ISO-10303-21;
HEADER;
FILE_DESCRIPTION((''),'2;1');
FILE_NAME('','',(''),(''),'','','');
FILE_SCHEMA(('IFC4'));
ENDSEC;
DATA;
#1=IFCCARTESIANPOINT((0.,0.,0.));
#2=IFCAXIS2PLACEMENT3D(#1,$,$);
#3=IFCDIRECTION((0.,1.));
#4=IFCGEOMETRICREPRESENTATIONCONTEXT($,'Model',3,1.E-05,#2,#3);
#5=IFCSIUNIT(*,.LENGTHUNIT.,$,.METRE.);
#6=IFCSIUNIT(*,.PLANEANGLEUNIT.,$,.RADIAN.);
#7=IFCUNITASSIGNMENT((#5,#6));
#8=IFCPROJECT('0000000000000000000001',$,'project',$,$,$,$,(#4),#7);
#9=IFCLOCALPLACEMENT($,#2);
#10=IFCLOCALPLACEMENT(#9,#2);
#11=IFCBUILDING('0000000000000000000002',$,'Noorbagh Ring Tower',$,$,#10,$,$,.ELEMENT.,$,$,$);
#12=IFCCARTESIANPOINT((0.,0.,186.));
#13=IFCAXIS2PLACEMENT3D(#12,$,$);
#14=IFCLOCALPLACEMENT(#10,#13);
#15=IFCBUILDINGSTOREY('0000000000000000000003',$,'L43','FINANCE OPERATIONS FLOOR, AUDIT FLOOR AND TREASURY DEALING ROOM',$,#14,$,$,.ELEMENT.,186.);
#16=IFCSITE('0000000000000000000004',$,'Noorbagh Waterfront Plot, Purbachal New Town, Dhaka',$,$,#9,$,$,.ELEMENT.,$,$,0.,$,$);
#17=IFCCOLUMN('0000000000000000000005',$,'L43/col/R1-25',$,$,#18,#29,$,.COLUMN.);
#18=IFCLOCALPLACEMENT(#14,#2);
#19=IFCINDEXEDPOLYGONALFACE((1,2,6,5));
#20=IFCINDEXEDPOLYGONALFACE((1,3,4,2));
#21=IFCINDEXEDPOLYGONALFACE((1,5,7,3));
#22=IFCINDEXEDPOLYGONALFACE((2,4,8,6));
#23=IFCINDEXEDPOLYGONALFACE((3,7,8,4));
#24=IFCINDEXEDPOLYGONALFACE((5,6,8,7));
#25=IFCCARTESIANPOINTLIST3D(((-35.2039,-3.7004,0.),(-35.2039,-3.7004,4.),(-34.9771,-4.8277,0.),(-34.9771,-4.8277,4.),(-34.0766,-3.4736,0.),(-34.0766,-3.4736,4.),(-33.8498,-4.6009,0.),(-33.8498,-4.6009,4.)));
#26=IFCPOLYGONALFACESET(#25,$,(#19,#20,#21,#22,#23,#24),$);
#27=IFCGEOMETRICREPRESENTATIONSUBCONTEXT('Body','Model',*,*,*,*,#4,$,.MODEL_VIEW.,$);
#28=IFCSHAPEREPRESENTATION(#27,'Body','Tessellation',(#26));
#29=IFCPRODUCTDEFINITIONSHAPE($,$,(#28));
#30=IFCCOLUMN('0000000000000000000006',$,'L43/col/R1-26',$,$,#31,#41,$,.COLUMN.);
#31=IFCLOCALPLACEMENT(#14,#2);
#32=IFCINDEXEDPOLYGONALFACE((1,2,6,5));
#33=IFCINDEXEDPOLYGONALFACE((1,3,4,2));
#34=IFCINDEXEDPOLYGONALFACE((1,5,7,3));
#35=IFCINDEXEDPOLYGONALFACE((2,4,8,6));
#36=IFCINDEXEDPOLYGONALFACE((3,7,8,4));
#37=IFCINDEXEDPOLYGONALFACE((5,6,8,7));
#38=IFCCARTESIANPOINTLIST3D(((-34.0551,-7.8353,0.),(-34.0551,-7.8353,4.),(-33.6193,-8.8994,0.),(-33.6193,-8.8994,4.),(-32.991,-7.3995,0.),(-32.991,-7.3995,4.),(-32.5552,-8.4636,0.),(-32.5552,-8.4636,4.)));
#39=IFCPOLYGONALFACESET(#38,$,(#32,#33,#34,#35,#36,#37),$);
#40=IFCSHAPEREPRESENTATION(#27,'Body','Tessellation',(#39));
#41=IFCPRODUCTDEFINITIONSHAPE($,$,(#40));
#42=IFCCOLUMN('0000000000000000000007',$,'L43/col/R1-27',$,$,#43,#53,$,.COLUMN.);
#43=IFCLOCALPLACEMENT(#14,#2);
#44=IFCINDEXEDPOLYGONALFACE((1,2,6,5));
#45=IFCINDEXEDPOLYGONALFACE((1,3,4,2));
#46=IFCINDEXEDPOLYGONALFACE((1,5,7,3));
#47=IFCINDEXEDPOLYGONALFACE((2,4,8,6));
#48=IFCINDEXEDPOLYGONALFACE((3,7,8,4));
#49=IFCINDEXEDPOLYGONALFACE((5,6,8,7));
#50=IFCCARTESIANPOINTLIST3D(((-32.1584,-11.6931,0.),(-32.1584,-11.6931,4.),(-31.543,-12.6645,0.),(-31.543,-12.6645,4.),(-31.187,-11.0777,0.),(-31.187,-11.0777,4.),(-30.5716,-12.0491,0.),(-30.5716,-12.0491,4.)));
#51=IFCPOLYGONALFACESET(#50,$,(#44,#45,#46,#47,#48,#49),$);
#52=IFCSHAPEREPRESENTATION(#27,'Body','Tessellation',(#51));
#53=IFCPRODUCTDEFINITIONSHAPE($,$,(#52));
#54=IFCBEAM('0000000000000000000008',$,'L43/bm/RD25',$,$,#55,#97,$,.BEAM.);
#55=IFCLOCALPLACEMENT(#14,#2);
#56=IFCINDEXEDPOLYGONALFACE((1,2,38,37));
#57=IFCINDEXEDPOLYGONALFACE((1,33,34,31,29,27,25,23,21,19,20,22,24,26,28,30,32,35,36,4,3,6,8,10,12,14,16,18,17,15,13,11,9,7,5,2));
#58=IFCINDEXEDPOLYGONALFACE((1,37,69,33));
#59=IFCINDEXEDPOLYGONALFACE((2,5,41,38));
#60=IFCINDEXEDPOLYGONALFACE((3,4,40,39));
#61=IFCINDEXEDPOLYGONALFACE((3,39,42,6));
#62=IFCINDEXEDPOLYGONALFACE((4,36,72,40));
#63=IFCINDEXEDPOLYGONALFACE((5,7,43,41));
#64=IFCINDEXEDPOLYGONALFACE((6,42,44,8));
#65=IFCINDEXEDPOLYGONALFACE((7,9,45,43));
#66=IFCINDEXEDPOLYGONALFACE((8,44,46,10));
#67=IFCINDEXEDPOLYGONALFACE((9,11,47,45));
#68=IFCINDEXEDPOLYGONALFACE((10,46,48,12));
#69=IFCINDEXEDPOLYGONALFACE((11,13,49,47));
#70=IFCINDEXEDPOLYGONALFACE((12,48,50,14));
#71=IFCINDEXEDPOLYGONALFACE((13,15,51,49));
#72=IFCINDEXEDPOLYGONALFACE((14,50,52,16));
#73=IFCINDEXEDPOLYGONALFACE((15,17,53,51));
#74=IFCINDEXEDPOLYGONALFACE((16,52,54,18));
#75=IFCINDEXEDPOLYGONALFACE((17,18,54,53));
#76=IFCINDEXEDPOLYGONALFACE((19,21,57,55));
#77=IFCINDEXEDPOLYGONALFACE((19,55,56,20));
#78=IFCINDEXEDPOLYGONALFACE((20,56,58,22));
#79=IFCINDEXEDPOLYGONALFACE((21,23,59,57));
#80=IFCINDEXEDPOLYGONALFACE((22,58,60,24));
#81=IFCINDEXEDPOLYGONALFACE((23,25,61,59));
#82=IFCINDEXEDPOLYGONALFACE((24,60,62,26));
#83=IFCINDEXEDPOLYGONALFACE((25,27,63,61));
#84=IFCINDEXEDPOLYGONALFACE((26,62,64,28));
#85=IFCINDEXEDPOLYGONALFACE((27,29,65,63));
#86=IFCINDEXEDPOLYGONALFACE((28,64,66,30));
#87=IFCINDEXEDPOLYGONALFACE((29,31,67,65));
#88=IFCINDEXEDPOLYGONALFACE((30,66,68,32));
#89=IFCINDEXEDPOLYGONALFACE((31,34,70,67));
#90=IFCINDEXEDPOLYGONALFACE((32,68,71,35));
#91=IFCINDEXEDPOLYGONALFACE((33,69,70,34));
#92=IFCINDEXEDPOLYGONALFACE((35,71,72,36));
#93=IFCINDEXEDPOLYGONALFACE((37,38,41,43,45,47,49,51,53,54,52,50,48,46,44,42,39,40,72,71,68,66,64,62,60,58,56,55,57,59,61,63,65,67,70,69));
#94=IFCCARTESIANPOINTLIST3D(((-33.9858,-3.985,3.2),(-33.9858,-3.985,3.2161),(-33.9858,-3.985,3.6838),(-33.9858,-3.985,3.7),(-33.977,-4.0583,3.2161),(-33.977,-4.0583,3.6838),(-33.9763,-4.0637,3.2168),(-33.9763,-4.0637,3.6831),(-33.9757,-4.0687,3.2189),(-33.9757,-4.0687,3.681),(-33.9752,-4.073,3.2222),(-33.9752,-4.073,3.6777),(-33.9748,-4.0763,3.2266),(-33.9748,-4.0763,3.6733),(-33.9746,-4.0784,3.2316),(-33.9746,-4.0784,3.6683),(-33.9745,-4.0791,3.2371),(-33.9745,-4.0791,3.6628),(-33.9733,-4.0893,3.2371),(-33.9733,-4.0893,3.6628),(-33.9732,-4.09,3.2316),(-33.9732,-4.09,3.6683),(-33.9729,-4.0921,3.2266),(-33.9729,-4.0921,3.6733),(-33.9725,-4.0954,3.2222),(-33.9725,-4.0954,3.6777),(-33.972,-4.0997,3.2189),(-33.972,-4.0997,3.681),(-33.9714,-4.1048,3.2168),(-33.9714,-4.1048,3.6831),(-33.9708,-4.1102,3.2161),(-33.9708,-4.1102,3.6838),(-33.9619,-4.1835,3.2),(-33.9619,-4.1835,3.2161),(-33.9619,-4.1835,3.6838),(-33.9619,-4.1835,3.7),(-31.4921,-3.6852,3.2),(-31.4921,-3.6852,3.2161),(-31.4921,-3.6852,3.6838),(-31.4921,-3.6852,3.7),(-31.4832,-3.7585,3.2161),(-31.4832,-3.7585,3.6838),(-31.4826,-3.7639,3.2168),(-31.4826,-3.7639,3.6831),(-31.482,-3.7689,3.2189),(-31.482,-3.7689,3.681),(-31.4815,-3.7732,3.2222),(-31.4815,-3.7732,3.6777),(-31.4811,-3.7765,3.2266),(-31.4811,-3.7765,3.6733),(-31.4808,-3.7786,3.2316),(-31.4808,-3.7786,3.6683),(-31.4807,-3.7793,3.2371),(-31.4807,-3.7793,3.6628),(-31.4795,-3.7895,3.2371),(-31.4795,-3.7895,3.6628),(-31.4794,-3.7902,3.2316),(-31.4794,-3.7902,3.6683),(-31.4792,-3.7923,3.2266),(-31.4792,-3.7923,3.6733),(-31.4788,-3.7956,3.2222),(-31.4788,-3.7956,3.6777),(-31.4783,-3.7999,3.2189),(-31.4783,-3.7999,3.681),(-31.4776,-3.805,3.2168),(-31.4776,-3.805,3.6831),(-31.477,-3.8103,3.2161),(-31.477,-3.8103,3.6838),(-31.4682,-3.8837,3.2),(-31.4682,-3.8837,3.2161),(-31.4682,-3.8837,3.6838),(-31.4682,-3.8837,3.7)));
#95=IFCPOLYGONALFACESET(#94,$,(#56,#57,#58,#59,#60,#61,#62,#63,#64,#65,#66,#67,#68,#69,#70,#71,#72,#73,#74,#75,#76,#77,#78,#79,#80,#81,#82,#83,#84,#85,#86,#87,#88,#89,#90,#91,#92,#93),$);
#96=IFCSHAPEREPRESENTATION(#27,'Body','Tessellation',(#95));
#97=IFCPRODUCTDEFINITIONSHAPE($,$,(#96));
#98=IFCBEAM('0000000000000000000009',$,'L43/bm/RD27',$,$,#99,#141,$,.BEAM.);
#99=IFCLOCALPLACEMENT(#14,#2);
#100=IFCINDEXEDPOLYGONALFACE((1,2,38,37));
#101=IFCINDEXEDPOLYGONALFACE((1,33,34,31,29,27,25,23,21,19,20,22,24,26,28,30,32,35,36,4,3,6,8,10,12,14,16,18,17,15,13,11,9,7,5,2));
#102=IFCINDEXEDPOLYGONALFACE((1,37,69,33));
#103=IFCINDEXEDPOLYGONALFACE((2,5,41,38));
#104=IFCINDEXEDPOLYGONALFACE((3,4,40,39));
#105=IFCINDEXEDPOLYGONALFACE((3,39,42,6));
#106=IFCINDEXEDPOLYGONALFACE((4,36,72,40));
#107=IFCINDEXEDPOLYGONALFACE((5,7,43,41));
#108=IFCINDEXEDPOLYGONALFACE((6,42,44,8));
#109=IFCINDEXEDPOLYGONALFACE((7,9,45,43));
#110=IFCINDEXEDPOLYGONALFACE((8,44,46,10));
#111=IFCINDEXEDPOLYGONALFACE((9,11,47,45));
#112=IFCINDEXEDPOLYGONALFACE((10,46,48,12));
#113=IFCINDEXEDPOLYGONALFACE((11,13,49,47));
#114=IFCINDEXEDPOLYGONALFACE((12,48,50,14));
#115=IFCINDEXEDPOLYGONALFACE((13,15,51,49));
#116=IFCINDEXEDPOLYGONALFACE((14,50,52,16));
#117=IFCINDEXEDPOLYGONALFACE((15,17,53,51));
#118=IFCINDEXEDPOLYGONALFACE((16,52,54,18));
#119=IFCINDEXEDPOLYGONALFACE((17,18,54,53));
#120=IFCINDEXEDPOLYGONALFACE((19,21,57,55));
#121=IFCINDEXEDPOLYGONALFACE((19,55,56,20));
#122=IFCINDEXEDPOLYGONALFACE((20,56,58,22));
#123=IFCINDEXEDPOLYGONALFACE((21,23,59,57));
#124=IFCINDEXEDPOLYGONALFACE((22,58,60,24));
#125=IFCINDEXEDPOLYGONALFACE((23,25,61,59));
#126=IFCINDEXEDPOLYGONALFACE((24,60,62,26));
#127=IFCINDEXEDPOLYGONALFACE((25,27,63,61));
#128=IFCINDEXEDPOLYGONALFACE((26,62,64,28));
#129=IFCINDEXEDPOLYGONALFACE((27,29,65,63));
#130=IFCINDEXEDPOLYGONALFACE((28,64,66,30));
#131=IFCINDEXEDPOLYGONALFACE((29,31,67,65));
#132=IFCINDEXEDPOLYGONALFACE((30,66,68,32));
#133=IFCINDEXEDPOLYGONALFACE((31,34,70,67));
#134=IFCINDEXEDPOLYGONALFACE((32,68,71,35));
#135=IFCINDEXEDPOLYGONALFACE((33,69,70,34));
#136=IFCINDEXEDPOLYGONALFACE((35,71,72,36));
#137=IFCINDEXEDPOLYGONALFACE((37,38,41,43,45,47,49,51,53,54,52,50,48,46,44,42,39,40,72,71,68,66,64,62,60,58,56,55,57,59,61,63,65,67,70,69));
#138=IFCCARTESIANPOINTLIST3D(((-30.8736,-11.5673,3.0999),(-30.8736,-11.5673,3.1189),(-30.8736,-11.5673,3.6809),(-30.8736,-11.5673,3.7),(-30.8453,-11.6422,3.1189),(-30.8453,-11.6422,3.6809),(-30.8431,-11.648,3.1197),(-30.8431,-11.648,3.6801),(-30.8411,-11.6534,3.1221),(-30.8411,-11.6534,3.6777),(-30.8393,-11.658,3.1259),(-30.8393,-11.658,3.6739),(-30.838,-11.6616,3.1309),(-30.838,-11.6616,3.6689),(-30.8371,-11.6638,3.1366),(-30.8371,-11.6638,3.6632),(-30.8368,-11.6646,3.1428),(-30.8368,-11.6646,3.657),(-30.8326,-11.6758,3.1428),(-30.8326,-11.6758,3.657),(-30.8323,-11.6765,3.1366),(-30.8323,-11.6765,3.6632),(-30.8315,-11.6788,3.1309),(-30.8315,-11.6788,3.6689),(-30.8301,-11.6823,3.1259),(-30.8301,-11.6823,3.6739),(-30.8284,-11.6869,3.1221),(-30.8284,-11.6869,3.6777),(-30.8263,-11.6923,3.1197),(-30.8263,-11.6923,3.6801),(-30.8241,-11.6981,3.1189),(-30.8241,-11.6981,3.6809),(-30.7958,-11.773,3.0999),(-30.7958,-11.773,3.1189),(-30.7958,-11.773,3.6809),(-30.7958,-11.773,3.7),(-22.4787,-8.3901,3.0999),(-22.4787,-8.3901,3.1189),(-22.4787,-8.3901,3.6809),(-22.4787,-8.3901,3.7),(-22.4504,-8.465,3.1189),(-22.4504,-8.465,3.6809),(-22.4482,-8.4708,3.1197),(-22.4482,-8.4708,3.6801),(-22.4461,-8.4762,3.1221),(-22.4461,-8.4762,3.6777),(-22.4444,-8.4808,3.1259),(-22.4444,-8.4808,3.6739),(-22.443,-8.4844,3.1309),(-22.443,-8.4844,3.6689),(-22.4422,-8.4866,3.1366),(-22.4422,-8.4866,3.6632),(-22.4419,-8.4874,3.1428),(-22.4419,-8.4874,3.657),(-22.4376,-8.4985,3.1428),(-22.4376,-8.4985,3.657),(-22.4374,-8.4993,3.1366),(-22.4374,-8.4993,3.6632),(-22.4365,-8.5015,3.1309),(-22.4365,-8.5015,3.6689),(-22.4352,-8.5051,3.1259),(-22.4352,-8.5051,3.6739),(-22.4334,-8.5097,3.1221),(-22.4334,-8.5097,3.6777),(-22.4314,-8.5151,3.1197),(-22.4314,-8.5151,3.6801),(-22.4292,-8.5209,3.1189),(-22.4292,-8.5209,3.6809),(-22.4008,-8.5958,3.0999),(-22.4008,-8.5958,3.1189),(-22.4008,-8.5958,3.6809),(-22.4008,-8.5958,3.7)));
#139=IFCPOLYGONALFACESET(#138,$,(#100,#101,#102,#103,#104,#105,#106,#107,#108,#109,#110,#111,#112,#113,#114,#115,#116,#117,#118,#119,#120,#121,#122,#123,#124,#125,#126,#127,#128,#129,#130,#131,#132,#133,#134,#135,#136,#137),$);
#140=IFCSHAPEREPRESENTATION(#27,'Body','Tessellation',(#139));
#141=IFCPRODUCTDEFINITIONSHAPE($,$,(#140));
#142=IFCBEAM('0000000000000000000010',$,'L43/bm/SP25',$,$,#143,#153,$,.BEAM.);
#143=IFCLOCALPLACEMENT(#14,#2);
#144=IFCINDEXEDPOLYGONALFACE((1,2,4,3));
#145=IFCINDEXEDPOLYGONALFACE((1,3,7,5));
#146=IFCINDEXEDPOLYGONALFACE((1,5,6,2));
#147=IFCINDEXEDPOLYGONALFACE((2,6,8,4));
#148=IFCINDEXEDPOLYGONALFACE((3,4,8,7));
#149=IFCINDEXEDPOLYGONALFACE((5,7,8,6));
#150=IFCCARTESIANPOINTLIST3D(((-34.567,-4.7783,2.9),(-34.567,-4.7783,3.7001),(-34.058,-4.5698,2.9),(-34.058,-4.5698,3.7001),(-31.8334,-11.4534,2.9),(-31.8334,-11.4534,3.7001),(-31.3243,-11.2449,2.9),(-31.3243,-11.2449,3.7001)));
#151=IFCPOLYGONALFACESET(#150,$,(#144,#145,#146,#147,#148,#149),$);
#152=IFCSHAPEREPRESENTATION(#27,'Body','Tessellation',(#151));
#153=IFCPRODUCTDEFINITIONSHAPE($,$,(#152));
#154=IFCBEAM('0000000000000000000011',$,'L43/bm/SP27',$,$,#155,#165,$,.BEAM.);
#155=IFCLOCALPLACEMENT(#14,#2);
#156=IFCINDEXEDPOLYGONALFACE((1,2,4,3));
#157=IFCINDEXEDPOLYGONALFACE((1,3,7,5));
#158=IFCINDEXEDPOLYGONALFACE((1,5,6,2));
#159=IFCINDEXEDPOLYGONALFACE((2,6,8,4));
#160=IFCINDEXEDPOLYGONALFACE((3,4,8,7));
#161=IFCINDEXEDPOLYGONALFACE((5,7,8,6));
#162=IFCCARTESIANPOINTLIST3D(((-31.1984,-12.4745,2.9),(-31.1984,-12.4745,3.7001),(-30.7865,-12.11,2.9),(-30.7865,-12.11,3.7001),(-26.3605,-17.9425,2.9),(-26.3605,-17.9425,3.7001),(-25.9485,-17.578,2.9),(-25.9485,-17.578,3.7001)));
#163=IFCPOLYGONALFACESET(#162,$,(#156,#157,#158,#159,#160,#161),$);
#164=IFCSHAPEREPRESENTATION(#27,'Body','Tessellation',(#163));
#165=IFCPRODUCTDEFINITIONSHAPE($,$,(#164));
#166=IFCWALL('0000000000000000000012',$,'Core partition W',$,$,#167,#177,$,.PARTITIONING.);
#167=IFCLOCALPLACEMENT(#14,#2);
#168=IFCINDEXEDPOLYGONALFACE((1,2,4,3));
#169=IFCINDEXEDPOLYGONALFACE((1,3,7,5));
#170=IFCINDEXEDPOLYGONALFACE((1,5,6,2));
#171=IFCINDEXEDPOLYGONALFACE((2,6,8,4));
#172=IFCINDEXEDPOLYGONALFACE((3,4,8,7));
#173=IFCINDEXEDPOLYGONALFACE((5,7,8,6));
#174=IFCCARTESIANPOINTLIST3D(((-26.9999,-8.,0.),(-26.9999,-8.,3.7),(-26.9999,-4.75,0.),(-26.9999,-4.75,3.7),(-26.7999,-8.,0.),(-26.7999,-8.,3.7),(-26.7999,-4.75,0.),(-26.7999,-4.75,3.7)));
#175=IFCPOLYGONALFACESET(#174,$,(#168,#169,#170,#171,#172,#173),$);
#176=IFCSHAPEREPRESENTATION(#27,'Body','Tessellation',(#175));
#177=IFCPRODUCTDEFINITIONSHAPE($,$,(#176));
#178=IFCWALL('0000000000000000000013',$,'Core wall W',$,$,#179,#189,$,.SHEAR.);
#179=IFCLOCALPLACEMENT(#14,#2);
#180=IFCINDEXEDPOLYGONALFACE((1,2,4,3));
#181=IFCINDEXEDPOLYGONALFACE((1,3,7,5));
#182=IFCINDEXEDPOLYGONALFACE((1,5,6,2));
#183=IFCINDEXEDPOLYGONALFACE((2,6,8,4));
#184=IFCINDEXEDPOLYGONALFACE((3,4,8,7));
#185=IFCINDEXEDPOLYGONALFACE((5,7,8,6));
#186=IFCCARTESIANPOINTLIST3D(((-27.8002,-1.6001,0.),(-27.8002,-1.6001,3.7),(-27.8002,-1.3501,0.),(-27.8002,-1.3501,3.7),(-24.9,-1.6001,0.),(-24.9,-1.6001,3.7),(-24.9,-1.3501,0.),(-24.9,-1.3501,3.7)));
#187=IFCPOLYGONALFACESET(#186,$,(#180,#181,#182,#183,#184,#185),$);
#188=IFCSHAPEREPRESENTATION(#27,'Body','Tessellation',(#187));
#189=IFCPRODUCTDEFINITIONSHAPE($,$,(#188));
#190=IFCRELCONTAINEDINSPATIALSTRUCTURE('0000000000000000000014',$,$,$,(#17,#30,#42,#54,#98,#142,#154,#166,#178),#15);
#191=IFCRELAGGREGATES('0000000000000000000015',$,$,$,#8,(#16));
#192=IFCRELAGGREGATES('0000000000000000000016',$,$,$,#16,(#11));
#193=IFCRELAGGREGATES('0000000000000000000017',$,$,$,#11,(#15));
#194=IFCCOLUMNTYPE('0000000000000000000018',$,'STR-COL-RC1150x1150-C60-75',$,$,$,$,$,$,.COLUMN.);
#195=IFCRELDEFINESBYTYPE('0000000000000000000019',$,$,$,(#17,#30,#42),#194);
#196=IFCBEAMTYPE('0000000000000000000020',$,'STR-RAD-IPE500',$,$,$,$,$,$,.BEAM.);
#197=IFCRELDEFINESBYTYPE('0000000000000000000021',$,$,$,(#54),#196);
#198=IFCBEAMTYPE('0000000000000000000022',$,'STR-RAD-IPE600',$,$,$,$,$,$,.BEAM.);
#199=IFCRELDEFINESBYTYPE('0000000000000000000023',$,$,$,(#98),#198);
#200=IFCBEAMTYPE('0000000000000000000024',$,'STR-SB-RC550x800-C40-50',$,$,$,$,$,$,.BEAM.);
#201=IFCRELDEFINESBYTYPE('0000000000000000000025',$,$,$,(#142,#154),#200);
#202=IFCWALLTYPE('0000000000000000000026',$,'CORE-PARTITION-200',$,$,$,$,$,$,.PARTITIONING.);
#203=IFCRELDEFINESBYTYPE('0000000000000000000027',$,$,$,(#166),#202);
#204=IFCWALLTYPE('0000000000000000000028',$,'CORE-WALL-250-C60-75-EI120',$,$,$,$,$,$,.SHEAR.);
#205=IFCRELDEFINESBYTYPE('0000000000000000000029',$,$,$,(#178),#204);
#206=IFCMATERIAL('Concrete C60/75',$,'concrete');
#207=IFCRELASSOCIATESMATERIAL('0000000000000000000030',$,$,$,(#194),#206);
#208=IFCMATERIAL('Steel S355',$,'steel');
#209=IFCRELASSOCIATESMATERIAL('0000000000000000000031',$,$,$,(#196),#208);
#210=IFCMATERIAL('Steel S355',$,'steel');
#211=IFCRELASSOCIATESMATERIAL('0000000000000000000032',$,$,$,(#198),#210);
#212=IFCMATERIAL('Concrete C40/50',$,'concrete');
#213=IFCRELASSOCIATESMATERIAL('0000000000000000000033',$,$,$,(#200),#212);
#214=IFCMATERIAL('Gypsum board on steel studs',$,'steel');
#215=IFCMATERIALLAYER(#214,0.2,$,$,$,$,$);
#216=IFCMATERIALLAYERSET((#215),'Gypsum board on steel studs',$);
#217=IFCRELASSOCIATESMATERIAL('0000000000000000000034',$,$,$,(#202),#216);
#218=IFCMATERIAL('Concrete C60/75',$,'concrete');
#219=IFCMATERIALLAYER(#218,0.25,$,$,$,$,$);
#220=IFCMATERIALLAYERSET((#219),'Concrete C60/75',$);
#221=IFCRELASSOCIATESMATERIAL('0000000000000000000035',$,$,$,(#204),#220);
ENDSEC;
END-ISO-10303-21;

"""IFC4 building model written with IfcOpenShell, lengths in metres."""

from ifc_helpers import new_model, si_unit, direction, frame, frame_2d, origin, origin_2d, place, context, subcontext, project, spatial, rectangle, i_section, extrude, material, layer, layer_set, material_profile, profile_set, type_object, element, save


model = new_model("IFC4")

# Units and contexts
model_context = context("Model", 3, precision=1e-05, world=origin(), true_north=direction((0.0, 1.0)))
body_context = subcontext(model_context, "Body", "Model", "MODEL_VIEW")
ifc_project = project(units=[si_unit("LENGTHUNIT", "METRE"), si_unit("PLANEANGLEUNIT", "RADIAN")], contexts=[model_context])

# Site, building, storey
site_placement = place(None, origin())
site = spatial("IfcSite", under=ifc_project, at=site_placement, Name="Noorbagh Waterfront Plot, Purbachal New Town, Dhaka", CompositionType="ELEMENT", RefElevation=0.0)
building_placement = place(site_placement, origin())
building = spatial("IfcBuilding", under=site, at=building_placement, Name="Noorbagh Ring Tower", CompositionType="ELEMENT")
storey_placement = place(building_placement, frame((0.0, 0.0, 186.0)))
storey = spatial("IfcBuildingStorey", under=building, at=storey_placement, Name="L43", Description="FINANCE OPERATIONS FLOOR, AUDIT FLOOR AND TREASURY DEALING ROOM", CompositionType="ELEMENT", Elevation=186.0)

# Columns
ifc_material_1 = material(Name="Concrete C60/75", Category="concrete")
ifc_material_profile_1 = material_profile(ifc_material_1, rectangle(XDim=1.1499, YDim=1.1499, at=origin_2d()), Name="RC1150x1150")
ifc_profile_set_1 = profile_set([ifc_material_profile_1], Name="Concrete C60/75")
column_type = type_object("IfcColumnType", Name="STR-COL-RC1150x1150-C60-75", PredefinedType="COLUMN", material=ifc_profile_set_1)
for number, where, z_axis, x_axis, name in (
    (1, (-34.5269, -4.1506, 0.0), (0.0, 0.0, 1.0), (0.19723, -0.980357, 0.0), "L43/col/R1-25"),
    (2, (-33.3052, -8.1494, 0.0), (0.0, 0.0, 1.0), (0.378989, -0.925401, 0.0), "L43/col/R1-26"),
    (3, (-31.365, -11.8711, 0.0), (0.0, 0.0, 1.0), (0.53519, -0.844731, 0.0), "L43/col/R1-27"),
):
    element("IfcColumn", number, at=place(storey_placement, frame(where, z_axis=z_axis, x_axis=x_axis)), inside=storey, type_object=column_type, Name=name, PredefinedType="COLUMN", context=body_context, shape_type="SweptSolid", body=[
        extrude(rectangle(XDim=1.1499, YDim=1.1499, at=origin_2d()), origin(), (0.0, 0.0, 1.0), 4.0),
    ])

# Beams
ifc_material_2 = material(Name="Steel S355", Category="steel")
ifc_material_profile_2 = material_profile(ifc_material_2, i_section(OverallWidth=0.2, OverallDepth=0.5, WebThickness=0.0103, FlangeThickness=0.0161, FilletRadius=0.021, at=origin_2d()), Name="IPE500")
ifc_profile_set_2 = profile_set([ifc_material_profile_2], Name="Steel S355")
beam_type_1 = type_object("IfcBeamType", Name="STR-RAD-IPE500", PredefinedType="BEAM", material=ifc_profile_set_2)
beam_1_placement = place(storey_placement, frame((-33.9739, -4.0842, 3.45), z_axis=(0.99285, 0.119368, 0.0), x_axis=(-0.119368, 0.99285, 0.0)))
element("IfcBeam", 4, at=beam_1_placement, inside=storey, type_object=beam_type_1, Name="L43/bm/RD25", PredefinedType="BEAM", context=body_context, shape_type="SweptSolid", body=[
    extrude(i_section(OverallWidth=0.2, OverallDepth=0.5, WebThickness=0.0103, FlangeThickness=0.0161, FilletRadius=0.021, at=origin_2d()), origin(), (0.0, 0.0, 1.0), 2.5117),
])
ifc_material_3 = material(Name="Steel S355", Category="steel")
ifc_material_profile_3 = material_profile(ifc_material_3, i_section(OverallWidth=0.22, OverallDepth=0.6001, WebThickness=0.012, FlangeThickness=0.019, FilletRadius=0.0239, at=origin_2d()), Name="IPE600")
ifc_profile_set_3 = profile_set([ifc_material_profile_3], Name="Steel S355")
beam_type_2 = type_object("IfcBeamType", Name="STR-RAD-IPE600", PredefinedType="BEAM", material=ifc_profile_set_3)
beam_2_placement = place(storey_placement, frame((-30.8347, -11.6702, 3.3999), z_axis=(0.935259, 0.353965, 0.0), x_axis=(-0.353965, 0.935259, 0.0)))
element("IfcBeam", 5, at=beam_2_placement, inside=storey, type_object=beam_type_2, Name="L43/bm/RD27", PredefinedType="BEAM", context=body_context, shape_type="SweptSolid", body=[
    extrude(i_section(OverallWidth=0.22, OverallDepth=0.6001, WebThickness=0.012, FlangeThickness=0.019, FilletRadius=0.0239, at=origin_2d()), origin(), (0.0, 0.0, 1.0), 8.9761),
])
ifc_material_4 = material(Name="Concrete C40/50", Category="concrete")
ifc_material_profile_4 = material_profile(ifc_material_4, rectangle(XDim=0.55, YDim=0.8, at=origin_2d()), Name="RC550x800")
ifc_profile_set_4 = profile_set([ifc_material_profile_4], Name="Concrete C40/50")
beam_type_3 = type_object("IfcBeamType", Name="STR-SB-RC550x800-C40-50", PredefinedType="BEAM", material=ifc_profile_set_4)
beam_3_placement = place(storey_placement, frame((-34.3125, -4.6741, 3.3), z_axis=(0.378982, -0.925404, 0.0), x_axis=(0.925404, 0.378982, 0.0)))
element("IfcBeam", 6, at=beam_3_placement, inside=storey, type_object=beam_type_3, Name="L43/bm/SP25", PredefinedType="BEAM", context=body_context, shape_type="SweptSolid", body=[
    extrude(rectangle(XDim=0.55, YDim=0.8, at=origin_2d()), origin(), (0.0, 0.0, 1.0), 7.2131),
])
beam_4_placement = place(storey_placement, frame((-30.9924, -12.2922, 3.3), z_axis=(0.662635, -0.748942, 0.0), x_axis=(0.748942, 0.662635, 0.0)))
element("IfcBeam", 7, at=beam_4_placement, inside=storey, type_object=beam_type_3, Name="L43/bm/SP27", PredefinedType="BEAM", context=body_context, shape_type="SweptSolid", body=[
    extrude(rectangle(XDim=0.55, YDim=0.8, at=origin_2d()), origin(), (0.0, 0.0, 1.0), 7.301),
])

# Walls
ifc_material_5 = material(Name="Gypsum board on steel studs", Category="steel")
ifc_layer_1 = layer(ifc_material_5, 0.2)
ifc_layer_set_1 = layer_set([ifc_layer_1], Name="Gypsum board on steel studs")
wall_type_1 = type_object("IfcWallType", Name="CORE-PARTITION-200", PredefinedType="PARTITIONING", material=ifc_layer_set_1)
wall_1_placement = place(storey_placement, frame((-26.8999, -8.0, 0.0), z_axis=(0.0, 0.0, 1.0), x_axis=(0.0, 1.0, 0.0)))
element("IfcWall", 8, at=wall_1_placement, inside=storey, type_object=wall_type_1, Name="Core partition W", PredefinedType="PARTITIONING", context=body_context, shape_type="SweptSolid", body=[
    extrude(rectangle(XDim=3.25, YDim=0.2, at=frame_2d((1.625, 0.0))), origin(), (0.0, 0.0, 1.0), 3.7),
])
ifc_material_6 = material(Name="Concrete C60/75", Category="concrete")
ifc_layer_2 = layer(ifc_material_6, 0.25)
ifc_layer_set_2 = layer_set([ifc_layer_2], Name="Concrete C60/75")
wall_type_2 = type_object("IfcWallType", Name="CORE-WALL-250-C60-75-EI120", PredefinedType="SHEAR", material=ifc_layer_set_2)
wall_2_placement = place(storey_placement, frame((-24.8999, -1.4751, 0.0), z_axis=(0.0, 0.0, 1.0), x_axis=(-1.0, 0.0, 0.0)))
element("IfcWall", 9, at=wall_2_placement, inside=storey, type_object=wall_type_2, Name="Core wall W", PredefinedType="SHEAR", context=body_context, shape_type="SweptSolid", body=[
    extrude(rectangle(XDim=2.9001, YDim=0.25, at=frame_2d((1.4502, 0.0))), origin(), (0.0, 0.0, 1.0), 3.7),
])

save(model, "model.ifc")
